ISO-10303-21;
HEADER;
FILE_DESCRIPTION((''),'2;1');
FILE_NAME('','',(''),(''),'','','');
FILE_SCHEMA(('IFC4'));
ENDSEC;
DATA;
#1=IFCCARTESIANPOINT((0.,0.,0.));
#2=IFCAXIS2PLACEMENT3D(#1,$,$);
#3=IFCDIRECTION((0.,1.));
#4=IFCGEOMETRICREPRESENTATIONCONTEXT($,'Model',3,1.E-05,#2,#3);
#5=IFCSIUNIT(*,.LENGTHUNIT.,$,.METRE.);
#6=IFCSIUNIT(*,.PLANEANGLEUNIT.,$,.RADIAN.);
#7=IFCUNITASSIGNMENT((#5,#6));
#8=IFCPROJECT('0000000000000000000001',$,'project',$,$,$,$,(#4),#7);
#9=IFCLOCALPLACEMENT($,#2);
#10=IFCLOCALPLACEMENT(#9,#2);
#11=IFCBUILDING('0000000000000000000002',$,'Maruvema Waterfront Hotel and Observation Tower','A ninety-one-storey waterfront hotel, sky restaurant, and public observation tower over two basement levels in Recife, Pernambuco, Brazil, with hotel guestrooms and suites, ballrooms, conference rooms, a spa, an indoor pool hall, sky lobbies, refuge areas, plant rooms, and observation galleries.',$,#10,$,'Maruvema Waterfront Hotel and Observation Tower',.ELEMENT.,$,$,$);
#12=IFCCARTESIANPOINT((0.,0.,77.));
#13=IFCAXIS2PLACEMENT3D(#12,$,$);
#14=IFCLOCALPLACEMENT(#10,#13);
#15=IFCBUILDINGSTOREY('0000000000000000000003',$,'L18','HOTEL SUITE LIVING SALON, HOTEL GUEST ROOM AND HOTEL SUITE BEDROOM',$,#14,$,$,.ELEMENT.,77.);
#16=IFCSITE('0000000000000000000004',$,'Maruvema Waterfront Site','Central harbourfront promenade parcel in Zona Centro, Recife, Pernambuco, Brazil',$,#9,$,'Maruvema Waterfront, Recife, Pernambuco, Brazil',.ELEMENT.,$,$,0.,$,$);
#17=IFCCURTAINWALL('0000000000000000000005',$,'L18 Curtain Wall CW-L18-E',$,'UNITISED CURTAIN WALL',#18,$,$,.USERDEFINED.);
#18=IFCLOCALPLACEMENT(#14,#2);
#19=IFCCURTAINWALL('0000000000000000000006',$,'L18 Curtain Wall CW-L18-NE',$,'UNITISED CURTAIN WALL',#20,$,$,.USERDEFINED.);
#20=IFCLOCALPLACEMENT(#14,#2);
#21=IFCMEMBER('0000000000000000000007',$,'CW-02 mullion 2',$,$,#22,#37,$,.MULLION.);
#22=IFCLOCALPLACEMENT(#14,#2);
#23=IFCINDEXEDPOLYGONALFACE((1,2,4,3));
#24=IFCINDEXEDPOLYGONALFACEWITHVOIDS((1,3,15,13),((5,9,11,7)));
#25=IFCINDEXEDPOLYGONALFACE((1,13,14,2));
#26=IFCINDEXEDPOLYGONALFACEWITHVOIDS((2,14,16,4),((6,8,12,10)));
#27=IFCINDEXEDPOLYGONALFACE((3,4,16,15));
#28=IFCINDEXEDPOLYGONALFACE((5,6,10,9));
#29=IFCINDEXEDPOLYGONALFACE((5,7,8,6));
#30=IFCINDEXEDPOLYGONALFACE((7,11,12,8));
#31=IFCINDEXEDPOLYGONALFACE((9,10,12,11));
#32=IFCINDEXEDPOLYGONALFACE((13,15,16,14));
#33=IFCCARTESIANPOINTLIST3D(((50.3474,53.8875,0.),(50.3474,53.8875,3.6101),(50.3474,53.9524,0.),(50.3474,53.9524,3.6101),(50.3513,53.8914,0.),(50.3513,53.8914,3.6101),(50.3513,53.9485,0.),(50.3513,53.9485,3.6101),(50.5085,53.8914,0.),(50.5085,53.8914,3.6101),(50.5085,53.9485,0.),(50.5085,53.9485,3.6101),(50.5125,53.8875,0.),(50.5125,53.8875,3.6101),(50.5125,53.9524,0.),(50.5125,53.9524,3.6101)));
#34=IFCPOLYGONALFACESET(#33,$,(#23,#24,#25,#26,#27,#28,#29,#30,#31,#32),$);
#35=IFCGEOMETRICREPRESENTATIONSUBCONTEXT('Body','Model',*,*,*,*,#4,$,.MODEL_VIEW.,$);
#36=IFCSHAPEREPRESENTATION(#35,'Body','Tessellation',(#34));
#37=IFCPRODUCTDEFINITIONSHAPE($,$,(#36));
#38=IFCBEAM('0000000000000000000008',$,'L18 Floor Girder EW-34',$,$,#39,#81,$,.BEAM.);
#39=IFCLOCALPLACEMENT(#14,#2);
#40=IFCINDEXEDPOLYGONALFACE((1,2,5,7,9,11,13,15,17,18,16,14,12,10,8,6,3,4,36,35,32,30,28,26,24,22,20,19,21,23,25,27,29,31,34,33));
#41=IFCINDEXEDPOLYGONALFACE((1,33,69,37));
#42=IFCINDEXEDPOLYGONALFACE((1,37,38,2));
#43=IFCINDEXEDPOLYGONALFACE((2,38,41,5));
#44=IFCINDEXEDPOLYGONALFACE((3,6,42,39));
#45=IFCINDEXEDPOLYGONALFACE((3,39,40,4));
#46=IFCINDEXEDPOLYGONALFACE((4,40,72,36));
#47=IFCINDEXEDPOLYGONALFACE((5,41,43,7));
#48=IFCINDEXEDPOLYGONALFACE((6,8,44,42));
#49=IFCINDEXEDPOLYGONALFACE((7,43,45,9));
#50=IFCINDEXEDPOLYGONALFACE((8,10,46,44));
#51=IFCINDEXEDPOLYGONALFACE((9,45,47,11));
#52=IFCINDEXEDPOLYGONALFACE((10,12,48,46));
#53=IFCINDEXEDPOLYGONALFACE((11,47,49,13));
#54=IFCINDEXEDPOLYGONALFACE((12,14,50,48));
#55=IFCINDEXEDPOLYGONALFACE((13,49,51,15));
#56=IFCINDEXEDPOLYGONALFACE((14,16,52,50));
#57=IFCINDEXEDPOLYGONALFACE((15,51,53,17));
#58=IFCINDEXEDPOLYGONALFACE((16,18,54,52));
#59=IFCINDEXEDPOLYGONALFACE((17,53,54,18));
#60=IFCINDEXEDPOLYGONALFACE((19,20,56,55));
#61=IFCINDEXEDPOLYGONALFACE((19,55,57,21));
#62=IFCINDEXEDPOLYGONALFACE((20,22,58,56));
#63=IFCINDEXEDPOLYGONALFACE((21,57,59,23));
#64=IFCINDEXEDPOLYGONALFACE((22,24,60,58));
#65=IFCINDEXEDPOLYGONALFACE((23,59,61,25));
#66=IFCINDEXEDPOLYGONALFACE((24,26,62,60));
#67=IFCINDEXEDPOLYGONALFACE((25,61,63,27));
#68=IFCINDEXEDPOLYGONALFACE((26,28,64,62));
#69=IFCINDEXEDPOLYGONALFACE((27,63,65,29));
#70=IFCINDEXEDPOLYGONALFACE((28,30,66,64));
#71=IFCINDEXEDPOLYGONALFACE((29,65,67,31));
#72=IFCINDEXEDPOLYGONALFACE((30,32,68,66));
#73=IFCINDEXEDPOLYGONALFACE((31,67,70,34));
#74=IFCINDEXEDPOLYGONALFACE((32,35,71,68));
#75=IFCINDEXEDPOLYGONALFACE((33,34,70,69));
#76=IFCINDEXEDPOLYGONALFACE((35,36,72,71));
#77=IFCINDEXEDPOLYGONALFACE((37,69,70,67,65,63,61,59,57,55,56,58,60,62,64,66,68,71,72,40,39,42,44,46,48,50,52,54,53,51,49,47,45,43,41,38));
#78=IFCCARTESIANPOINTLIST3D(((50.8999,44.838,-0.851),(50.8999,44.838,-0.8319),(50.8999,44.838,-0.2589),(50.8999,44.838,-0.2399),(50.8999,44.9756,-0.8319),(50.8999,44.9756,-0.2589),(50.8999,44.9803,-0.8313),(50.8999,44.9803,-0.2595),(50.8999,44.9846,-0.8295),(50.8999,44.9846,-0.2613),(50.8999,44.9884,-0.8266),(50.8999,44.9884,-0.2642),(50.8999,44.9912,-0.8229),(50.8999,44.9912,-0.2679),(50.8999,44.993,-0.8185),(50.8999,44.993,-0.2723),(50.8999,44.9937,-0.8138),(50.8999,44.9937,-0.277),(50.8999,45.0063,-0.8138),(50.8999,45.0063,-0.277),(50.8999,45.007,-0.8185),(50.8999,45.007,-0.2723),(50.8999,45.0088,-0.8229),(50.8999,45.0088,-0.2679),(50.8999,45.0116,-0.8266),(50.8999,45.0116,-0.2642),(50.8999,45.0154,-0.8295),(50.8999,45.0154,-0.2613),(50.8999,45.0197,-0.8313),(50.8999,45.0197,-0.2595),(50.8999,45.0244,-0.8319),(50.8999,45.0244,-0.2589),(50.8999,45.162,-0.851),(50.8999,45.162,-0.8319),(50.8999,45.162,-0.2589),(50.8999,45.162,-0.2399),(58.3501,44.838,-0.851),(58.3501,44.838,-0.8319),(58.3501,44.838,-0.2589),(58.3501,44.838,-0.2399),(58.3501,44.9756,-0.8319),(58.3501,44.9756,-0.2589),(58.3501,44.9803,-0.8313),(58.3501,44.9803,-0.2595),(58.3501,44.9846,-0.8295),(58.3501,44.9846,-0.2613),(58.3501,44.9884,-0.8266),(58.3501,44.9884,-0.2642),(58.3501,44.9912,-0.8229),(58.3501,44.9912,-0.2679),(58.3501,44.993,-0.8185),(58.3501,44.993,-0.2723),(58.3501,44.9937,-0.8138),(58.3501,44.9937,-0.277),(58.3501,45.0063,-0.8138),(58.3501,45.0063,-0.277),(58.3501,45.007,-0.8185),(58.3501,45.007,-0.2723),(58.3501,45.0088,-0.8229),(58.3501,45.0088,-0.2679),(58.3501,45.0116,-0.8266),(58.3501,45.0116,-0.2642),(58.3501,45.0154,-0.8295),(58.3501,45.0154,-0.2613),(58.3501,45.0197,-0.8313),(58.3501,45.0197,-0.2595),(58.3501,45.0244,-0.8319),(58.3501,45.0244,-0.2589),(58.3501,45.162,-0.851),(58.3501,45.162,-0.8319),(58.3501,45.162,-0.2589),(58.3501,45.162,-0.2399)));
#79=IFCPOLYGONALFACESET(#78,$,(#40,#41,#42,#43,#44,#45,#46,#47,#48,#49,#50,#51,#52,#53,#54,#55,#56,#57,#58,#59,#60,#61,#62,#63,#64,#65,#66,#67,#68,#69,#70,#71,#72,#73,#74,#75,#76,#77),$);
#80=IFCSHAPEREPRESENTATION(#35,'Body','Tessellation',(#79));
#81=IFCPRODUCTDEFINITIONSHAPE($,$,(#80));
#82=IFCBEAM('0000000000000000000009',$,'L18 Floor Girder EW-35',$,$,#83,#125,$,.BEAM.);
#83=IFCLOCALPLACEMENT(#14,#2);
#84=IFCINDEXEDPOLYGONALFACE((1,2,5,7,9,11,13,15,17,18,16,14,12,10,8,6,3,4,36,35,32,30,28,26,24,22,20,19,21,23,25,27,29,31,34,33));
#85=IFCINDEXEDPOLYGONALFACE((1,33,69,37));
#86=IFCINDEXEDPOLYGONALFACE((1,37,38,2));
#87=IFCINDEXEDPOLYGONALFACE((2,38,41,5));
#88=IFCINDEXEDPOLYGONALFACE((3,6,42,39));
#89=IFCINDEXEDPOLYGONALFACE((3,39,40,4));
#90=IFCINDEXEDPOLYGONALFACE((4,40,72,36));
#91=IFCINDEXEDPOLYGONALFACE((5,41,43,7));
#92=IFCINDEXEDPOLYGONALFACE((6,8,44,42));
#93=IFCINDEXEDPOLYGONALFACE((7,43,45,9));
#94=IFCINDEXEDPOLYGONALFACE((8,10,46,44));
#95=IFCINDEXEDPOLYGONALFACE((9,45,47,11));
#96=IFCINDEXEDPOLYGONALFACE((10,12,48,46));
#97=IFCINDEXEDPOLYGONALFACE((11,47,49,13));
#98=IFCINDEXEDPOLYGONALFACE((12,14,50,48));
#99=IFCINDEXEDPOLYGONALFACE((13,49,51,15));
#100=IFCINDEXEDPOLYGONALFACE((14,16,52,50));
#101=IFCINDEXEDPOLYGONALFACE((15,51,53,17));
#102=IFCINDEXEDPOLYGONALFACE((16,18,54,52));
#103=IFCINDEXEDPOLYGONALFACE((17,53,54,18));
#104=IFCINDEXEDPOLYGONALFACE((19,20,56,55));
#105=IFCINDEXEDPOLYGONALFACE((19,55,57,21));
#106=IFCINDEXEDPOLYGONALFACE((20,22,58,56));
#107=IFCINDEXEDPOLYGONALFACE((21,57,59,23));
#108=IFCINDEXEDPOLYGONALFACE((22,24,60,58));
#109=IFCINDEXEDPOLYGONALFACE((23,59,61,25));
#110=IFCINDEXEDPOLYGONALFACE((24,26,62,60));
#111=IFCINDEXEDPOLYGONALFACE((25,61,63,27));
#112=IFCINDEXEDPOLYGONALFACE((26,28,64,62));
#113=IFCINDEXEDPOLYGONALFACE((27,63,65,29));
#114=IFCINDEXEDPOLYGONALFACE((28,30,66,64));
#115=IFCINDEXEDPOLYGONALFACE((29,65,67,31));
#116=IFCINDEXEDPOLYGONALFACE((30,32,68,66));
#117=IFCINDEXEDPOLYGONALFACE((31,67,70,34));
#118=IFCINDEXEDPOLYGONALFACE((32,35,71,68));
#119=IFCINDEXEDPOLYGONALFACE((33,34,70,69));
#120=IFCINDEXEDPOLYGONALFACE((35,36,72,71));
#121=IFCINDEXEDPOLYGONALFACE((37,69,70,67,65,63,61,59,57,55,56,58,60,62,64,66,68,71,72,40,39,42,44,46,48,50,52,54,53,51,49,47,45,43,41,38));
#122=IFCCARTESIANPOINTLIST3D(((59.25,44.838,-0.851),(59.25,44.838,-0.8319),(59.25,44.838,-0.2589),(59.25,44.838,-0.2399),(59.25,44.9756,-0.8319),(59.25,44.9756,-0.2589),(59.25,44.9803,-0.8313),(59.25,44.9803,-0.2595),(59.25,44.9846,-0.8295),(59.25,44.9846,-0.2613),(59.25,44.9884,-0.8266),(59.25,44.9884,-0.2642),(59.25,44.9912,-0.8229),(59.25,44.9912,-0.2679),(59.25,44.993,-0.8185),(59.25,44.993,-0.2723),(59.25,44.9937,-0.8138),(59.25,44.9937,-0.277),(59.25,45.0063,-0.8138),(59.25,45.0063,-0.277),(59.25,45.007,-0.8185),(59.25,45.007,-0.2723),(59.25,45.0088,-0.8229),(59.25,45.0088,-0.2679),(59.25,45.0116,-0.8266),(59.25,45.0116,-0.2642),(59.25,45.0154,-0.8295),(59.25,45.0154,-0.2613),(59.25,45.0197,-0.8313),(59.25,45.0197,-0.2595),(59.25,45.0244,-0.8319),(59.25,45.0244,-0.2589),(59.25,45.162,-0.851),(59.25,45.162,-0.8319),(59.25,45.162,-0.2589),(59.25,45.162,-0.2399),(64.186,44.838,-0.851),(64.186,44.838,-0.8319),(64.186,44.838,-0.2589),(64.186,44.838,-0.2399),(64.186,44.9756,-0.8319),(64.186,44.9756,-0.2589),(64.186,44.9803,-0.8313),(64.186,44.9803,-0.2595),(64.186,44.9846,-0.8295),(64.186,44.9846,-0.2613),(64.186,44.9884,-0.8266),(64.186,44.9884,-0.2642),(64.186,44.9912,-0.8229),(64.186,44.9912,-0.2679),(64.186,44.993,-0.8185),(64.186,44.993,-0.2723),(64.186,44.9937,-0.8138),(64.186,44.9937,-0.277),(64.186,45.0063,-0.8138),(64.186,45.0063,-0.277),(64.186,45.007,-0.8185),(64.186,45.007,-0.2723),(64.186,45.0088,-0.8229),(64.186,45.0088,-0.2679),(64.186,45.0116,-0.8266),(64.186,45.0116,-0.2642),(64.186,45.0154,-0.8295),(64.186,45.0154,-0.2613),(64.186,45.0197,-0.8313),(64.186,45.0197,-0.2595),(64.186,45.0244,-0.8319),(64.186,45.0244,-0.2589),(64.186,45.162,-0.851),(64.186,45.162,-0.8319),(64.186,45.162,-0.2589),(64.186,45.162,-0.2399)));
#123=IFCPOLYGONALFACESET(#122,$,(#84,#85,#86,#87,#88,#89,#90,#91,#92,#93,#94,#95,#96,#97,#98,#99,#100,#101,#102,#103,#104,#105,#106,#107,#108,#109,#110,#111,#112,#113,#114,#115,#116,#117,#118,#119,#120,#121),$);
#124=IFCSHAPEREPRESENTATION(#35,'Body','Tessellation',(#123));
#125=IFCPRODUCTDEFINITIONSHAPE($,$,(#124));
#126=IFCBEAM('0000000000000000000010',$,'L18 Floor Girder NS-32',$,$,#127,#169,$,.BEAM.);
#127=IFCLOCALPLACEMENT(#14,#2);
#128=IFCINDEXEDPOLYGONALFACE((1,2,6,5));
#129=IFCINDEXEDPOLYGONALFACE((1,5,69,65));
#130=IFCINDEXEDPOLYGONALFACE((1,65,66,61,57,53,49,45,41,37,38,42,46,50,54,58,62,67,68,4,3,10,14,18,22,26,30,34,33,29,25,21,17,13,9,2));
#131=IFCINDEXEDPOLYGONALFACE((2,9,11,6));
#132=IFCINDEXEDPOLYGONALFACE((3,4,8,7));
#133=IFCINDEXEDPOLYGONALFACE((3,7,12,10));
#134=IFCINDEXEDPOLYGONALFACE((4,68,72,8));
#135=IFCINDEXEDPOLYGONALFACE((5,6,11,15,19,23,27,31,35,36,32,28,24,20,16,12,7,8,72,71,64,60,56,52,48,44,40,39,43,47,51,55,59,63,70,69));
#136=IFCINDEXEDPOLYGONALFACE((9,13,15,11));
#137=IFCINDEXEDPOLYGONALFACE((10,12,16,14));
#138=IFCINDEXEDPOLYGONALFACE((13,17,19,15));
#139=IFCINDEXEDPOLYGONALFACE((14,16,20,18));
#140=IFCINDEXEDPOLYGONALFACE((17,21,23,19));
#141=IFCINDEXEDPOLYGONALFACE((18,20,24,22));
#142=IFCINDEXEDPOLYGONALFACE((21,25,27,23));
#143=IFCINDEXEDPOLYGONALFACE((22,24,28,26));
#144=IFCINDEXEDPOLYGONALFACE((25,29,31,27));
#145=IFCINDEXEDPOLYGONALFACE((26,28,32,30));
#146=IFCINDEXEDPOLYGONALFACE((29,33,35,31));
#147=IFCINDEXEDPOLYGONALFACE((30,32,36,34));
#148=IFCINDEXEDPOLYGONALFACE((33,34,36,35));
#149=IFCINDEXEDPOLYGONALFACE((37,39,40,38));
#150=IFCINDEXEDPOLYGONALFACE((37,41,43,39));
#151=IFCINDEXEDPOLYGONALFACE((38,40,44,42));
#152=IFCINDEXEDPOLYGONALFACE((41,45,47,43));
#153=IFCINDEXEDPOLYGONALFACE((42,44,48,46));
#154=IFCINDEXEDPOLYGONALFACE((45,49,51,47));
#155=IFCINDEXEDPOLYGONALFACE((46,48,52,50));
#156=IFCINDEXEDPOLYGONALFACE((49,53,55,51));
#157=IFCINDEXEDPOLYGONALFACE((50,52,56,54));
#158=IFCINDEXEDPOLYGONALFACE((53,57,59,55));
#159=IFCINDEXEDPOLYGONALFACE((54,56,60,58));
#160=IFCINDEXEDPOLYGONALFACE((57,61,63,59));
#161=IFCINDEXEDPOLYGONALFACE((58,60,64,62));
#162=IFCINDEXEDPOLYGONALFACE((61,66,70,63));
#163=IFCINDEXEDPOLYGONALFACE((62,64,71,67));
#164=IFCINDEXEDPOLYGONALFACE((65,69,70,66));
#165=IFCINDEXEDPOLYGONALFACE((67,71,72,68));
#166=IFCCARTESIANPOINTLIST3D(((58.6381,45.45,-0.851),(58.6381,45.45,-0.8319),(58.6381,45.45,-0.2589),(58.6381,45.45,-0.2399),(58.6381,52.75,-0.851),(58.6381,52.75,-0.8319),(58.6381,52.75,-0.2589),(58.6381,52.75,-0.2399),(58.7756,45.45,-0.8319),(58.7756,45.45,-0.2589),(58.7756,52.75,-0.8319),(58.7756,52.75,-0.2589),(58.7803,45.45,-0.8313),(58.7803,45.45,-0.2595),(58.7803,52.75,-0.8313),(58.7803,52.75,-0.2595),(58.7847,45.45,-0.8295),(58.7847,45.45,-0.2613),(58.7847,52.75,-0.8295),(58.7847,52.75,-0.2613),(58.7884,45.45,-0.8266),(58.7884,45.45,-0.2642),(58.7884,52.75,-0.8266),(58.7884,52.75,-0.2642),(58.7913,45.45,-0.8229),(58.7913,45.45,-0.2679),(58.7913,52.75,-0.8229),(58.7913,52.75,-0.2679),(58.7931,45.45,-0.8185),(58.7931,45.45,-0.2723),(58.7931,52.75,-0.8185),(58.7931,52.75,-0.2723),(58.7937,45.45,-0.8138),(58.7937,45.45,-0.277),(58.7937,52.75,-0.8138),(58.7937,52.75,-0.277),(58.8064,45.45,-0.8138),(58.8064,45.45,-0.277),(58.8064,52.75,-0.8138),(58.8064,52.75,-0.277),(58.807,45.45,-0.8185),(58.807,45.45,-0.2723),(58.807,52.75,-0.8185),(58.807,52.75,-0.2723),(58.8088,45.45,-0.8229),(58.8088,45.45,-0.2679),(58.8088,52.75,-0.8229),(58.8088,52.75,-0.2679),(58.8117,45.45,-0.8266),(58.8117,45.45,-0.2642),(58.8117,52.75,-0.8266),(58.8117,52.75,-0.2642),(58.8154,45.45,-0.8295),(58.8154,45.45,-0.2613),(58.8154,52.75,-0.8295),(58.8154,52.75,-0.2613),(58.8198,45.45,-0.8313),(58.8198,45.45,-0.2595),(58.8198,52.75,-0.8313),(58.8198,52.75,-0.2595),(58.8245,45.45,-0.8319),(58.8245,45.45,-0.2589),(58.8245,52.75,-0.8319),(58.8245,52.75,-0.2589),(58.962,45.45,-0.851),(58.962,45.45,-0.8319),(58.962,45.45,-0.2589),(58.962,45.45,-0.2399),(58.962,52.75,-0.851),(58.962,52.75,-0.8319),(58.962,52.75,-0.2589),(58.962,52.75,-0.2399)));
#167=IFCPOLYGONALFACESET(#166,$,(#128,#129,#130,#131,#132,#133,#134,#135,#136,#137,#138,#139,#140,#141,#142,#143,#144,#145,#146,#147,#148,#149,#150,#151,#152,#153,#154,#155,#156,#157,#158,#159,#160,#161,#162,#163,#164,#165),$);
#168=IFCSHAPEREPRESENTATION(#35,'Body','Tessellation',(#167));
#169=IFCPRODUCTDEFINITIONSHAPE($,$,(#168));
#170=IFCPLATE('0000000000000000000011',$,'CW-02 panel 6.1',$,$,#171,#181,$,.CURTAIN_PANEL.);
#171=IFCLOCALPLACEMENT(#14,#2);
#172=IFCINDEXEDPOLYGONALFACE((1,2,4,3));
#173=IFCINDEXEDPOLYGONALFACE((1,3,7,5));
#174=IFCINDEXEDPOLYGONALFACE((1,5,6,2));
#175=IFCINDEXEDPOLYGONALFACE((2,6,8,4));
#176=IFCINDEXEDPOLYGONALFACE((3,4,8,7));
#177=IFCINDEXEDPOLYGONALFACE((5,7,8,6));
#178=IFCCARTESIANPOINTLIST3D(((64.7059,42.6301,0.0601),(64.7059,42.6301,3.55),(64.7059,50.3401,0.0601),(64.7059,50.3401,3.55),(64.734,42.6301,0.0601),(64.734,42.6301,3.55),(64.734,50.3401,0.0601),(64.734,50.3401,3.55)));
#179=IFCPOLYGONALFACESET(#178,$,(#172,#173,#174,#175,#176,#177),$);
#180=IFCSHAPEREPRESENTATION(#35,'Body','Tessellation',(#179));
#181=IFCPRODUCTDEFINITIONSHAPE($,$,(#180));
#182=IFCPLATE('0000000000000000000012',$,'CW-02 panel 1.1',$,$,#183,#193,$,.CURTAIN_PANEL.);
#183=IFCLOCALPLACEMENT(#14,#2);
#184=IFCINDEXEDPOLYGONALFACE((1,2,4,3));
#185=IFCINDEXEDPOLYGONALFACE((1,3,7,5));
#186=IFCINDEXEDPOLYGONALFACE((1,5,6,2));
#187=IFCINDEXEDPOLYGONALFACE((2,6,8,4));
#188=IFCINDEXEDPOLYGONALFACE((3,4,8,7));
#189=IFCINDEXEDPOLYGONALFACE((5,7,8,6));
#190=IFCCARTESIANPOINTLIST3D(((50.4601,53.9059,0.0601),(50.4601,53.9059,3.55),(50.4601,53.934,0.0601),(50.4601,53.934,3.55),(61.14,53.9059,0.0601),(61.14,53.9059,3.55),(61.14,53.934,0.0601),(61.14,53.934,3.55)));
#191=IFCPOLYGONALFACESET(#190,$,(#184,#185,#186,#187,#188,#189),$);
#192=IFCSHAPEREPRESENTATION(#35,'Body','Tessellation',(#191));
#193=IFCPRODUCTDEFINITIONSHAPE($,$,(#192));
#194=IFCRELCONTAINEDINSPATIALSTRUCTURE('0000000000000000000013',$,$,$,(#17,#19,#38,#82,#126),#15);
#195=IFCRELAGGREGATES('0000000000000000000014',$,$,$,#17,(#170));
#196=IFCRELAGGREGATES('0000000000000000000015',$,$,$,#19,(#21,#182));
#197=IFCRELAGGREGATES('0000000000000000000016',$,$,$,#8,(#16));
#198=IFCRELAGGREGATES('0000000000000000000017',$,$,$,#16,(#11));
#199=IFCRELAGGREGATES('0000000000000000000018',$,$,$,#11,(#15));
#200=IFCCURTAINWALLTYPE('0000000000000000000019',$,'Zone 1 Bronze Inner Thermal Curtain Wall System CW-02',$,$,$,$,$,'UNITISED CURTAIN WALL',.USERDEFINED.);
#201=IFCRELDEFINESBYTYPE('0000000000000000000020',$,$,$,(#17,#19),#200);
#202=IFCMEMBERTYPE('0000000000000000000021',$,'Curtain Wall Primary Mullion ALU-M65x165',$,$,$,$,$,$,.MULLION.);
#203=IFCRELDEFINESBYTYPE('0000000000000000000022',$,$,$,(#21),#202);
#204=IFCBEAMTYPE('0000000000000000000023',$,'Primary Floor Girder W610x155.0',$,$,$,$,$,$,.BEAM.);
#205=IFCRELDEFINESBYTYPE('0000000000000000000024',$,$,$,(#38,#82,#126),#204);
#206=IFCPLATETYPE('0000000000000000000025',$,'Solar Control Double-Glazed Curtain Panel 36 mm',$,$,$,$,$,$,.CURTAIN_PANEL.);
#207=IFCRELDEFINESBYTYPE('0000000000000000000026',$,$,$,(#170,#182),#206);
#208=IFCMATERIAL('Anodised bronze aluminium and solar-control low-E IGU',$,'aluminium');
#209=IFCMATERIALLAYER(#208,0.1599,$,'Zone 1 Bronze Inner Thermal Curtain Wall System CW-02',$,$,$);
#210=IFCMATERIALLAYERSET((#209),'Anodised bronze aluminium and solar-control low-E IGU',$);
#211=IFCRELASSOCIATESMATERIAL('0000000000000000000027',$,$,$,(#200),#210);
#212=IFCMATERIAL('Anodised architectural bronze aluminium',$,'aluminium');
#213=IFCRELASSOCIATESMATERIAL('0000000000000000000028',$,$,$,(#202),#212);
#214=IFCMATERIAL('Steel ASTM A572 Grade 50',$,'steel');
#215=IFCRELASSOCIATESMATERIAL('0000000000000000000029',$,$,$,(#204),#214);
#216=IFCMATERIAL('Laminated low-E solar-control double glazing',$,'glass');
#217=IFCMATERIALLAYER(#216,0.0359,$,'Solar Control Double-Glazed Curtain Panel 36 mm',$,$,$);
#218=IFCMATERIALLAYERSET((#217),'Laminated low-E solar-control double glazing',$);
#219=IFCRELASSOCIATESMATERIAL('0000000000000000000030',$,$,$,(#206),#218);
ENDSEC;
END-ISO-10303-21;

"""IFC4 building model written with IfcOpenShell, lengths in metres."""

from ifc_helpers import new_model, si_unit, direction, frame, origin, origin_2d, place, context, subcontext, project, spatial, rectangle, hollow_rectangle, i_section, extrude, material, layer, layer_set, material_profile, profile_set, type_object, element, aggregate, save


model = new_model("IFC4")

# Units and contexts
model_context = context("Model", 3, precision=1e-05, world=origin(), true_north=direction((0.0, 1.0)))
body_context = subcontext(model_context, "Body", "Model", "MODEL_VIEW")
ifc_project = project(units=[si_unit("LENGTHUNIT", "METRE"), si_unit("PLANEANGLEUNIT", "RADIAN")], contexts=[model_context])

# Site, building, storey
site_placement = place(None, origin())
site = spatial("IfcSite", under=ifc_project, at=site_placement, Name="Maruvema Waterfront Site", Description="Central harbourfront promenade parcel in Zona Centro, Recife, Pernambuco, Brazil", LongName="Maruvema Waterfront, Recife, Pernambuco, Brazil", CompositionType="ELEMENT", RefElevation=0.0)
building_placement = place(site_placement, origin())
building = spatial("IfcBuilding", under=site, at=building_placement, Name="Maruvema Waterfront Hotel and Observation Tower", Description="A ninety-one-storey waterfront hotel, sky restaurant, and public observation tower over two basement levels in Recife, Pernambuco, Brazil, with hotel guestrooms and suites, ballrooms, conference rooms, a spa, an indoor pool hall, sky lobbies, refuge areas, plant rooms, and observation galleries.", LongName="Maruvema Waterfront Hotel and Observation Tower", CompositionType="ELEMENT")
storey_placement = place(building_placement, frame((0.0, 0.0, 77.0)))
storey = spatial("IfcBuildingStorey", under=building, at=storey_placement, Name="L18", Description="HOTEL SUITE LIVING SALON, HOTEL GUEST ROOM AND HOTEL SUITE BEDROOM", CompositionType="ELEMENT", Elevation=77.0)

# Curtain walls
ifc_material_1 = material(Name="Anodised bronze aluminium and solar-control low-E IGU", Category="aluminium")
ifc_layer_1 = layer(ifc_material_1, 0.1599, Name="Zone 1 Bronze Inner Thermal Curtain Wall System CW-02")
ifc_layer_set_1 = layer_set([ifc_layer_1], Name="Anodised bronze aluminium and solar-control low-E IGU")
curtain_wall_type = type_object("IfcCurtainWallType", Name="Zone 1 Bronze Inner Thermal Curtain Wall System CW-02", ElementType="UNITISED CURTAIN WALL", PredefinedType="USERDEFINED", material=ifc_layer_set_1)
curtain_wall_1_placement = place(storey_placement, origin())
curtain_wall_1 = element("IfcCurtainWall", 1, at=curtain_wall_1_placement, inside=storey, type_object=curtain_wall_type, Name="L18 Curtain Wall CW-L18-E", ObjectType="UNITISED CURTAIN WALL", PredefinedType="USERDEFINED")
curtain_wall_2_placement = place(storey_placement, origin())
curtain_wall_2 = element("IfcCurtainWall", 2, at=curtain_wall_2_placement, inside=storey, type_object=curtain_wall_type, Name="L18 Curtain Wall CW-L18-NE", ObjectType="UNITISED CURTAIN WALL", PredefinedType="USERDEFINED")

# Member
ifc_material_2 = material(Name="Anodised architectural bronze aluminium", Category="aluminium")
ifc_material_profile_1 = material_profile(ifc_material_2, hollow_rectangle(XDim=0.0649, YDim=0.165, WallThickness=0.0039, at=origin_2d()), Name="ALU-M65x165")
ifc_profile_set_1 = profile_set([ifc_material_profile_1], Name="Anodised architectural bronze aluminium")
member_type_1 = type_object("IfcMemberType", Name="Curtain Wall Primary Mullion ALU-M65x165", PredefinedType="MULLION", material=ifc_profile_set_1)
member_1_placement = place(storey_placement, frame((50.4299, 53.9199, 0.0), z_axis=(0.0, 0.0, 1.0), x_axis=(0.0, -1.0, 0.0)))
member_1 = element("IfcMember", 3, at=member_1_placement, type_object=member_type_1, Name="CW-02 mullion 2", PredefinedType="MULLION", context=body_context, shape_type="SweptSolid", body=[
    extrude(hollow_rectangle(XDim=0.0649, YDim=0.165, WallThickness=0.0039, at=origin_2d()), origin(), (0.0, 0.0, 1.0), 3.6101),
])

# Beams
ifc_material_3 = material(Name="Steel ASTM A572 Grade 50", Category="steel")
ifc_material_profile_2 = material_profile(ifc_material_3, i_section(OverallWidth=0.324, OverallDepth=0.6111, WebThickness=0.0127, FlangeThickness=0.019, FilletRadius=0.0181, at=origin_2d()), Name="W610x155.0")
ifc_profile_set_2 = profile_set([ifc_material_profile_2], Name="Steel ASTM A572 Grade 50")
beam_type = type_object("IfcBeamType", Name="Primary Floor Girder W610x155.0", PredefinedType="BEAM", material=ifc_profile_set_2)
beam_1_placement = place(storey_placement, frame((50.8999, 45.0, -0.5454), z_axis=(1.0, 0.0, 0.0), x_axis=(0.0, 1.0, 0.0)))
element("IfcBeam", 4, at=beam_1_placement, inside=storey, type_object=beam_type, Name="L18 Floor Girder EW-34", PredefinedType="BEAM", context=body_context, shape_type="SweptSolid", body=[
    extrude(i_section(OverallWidth=0.324, OverallDepth=0.6111, WebThickness=0.0127, FlangeThickness=0.019, FilletRadius=0.0181, at=origin_2d()), origin(), (0.0, 0.0, 1.0), 7.4502),
])
beam_2_placement = place(storey_placement, frame((59.25, 45.0, -0.5454), z_axis=(1.0, 0.0, 0.0), x_axis=(0.0, 1.0, 0.0)))
element("IfcBeam", 5, at=beam_2_placement, inside=storey, type_object=beam_type, Name="L18 Floor Girder EW-35", PredefinedType="BEAM", context=body_context, shape_type="SweptSolid", body=[
    extrude(i_section(OverallWidth=0.324, OverallDepth=0.6111, WebThickness=0.0127, FlangeThickness=0.019, FilletRadius=0.0181, at=origin_2d()), origin(), (0.0, 0.0, 1.0), 4.936),
])
beam_3_placement = place(storey_placement, frame((58.8, 45.45, -0.5454), z_axis=(0.0, 1.0, 0.0), x_axis=(-1.0, 0.0, 0.0)))
element("IfcBeam", 6, at=beam_3_placement, inside=storey, type_object=beam_type, Name="L18 Floor Girder NS-32", PredefinedType="BEAM", context=body_context, shape_type="SweptSolid", body=[
    extrude(i_section(OverallWidth=0.324, OverallDepth=0.6111, WebThickness=0.0127, FlangeThickness=0.019, FilletRadius=0.0181, at=origin_2d()), origin(), (0.0, 0.0, 1.0), 7.3),
])

# Plates
ifc_material_4 = material(Name="Laminated low-E solar-control double glazing", Category="glass")
ifc_layer_2 = layer(ifc_material_4, 0.0359, Name="Solar Control Double-Glazed Curtain Panel 36 mm")
ifc_layer_set_2 = layer_set([ifc_layer_2], Name="Laminated low-E solar-control double glazing")
plate_type_1 = type_object("IfcPlateType", Name="Solar Control Double-Glazed Curtain Panel 36 mm", PredefinedType="CURTAIN_PANEL", material=ifc_layer_set_2)
plate_1_placement = place(storey_placement, frame((64.72, 46.4851, 0.0601), z_axis=(0.0, 0.0, 1.0), x_axis=(0.0, 1.0, 0.0)))
plate_1 = element("IfcPlate", 7, at=plate_1_placement, type_object=plate_type_1, Name="CW-02 panel 6.1", PredefinedType="CURTAIN_PANEL", context=body_context, shape_type="SweptSolid", body=[
    extrude(rectangle(XDim=7.71, YDim=0.0281, at=origin_2d()), origin(), (0.0, 0.0, 1.0), 3.49),
])
aggregate(curtain_wall_1, [plate_1])
plate_2_placement = place(storey_placement, frame((55.8, 53.9199, 0.0601), z_axis=(0.0, 0.0, 1.0), x_axis=(-1.0, 0.0, 0.0)))
plate_2 = element("IfcPlate", 8, at=plate_2_placement, type_object=plate_type_1, Name="CW-02 panel 1.1", PredefinedType="CURTAIN_PANEL", context=body_context, shape_type="SweptSolid", body=[
    extrude(rectangle(XDim=10.6799, YDim=0.0281, at=origin_2d()), origin(), (0.0, 0.0, 1.0), 3.49),
])
aggregate(curtain_wall_2, [member_1, plate_2])

save(model, "model.ifc")
